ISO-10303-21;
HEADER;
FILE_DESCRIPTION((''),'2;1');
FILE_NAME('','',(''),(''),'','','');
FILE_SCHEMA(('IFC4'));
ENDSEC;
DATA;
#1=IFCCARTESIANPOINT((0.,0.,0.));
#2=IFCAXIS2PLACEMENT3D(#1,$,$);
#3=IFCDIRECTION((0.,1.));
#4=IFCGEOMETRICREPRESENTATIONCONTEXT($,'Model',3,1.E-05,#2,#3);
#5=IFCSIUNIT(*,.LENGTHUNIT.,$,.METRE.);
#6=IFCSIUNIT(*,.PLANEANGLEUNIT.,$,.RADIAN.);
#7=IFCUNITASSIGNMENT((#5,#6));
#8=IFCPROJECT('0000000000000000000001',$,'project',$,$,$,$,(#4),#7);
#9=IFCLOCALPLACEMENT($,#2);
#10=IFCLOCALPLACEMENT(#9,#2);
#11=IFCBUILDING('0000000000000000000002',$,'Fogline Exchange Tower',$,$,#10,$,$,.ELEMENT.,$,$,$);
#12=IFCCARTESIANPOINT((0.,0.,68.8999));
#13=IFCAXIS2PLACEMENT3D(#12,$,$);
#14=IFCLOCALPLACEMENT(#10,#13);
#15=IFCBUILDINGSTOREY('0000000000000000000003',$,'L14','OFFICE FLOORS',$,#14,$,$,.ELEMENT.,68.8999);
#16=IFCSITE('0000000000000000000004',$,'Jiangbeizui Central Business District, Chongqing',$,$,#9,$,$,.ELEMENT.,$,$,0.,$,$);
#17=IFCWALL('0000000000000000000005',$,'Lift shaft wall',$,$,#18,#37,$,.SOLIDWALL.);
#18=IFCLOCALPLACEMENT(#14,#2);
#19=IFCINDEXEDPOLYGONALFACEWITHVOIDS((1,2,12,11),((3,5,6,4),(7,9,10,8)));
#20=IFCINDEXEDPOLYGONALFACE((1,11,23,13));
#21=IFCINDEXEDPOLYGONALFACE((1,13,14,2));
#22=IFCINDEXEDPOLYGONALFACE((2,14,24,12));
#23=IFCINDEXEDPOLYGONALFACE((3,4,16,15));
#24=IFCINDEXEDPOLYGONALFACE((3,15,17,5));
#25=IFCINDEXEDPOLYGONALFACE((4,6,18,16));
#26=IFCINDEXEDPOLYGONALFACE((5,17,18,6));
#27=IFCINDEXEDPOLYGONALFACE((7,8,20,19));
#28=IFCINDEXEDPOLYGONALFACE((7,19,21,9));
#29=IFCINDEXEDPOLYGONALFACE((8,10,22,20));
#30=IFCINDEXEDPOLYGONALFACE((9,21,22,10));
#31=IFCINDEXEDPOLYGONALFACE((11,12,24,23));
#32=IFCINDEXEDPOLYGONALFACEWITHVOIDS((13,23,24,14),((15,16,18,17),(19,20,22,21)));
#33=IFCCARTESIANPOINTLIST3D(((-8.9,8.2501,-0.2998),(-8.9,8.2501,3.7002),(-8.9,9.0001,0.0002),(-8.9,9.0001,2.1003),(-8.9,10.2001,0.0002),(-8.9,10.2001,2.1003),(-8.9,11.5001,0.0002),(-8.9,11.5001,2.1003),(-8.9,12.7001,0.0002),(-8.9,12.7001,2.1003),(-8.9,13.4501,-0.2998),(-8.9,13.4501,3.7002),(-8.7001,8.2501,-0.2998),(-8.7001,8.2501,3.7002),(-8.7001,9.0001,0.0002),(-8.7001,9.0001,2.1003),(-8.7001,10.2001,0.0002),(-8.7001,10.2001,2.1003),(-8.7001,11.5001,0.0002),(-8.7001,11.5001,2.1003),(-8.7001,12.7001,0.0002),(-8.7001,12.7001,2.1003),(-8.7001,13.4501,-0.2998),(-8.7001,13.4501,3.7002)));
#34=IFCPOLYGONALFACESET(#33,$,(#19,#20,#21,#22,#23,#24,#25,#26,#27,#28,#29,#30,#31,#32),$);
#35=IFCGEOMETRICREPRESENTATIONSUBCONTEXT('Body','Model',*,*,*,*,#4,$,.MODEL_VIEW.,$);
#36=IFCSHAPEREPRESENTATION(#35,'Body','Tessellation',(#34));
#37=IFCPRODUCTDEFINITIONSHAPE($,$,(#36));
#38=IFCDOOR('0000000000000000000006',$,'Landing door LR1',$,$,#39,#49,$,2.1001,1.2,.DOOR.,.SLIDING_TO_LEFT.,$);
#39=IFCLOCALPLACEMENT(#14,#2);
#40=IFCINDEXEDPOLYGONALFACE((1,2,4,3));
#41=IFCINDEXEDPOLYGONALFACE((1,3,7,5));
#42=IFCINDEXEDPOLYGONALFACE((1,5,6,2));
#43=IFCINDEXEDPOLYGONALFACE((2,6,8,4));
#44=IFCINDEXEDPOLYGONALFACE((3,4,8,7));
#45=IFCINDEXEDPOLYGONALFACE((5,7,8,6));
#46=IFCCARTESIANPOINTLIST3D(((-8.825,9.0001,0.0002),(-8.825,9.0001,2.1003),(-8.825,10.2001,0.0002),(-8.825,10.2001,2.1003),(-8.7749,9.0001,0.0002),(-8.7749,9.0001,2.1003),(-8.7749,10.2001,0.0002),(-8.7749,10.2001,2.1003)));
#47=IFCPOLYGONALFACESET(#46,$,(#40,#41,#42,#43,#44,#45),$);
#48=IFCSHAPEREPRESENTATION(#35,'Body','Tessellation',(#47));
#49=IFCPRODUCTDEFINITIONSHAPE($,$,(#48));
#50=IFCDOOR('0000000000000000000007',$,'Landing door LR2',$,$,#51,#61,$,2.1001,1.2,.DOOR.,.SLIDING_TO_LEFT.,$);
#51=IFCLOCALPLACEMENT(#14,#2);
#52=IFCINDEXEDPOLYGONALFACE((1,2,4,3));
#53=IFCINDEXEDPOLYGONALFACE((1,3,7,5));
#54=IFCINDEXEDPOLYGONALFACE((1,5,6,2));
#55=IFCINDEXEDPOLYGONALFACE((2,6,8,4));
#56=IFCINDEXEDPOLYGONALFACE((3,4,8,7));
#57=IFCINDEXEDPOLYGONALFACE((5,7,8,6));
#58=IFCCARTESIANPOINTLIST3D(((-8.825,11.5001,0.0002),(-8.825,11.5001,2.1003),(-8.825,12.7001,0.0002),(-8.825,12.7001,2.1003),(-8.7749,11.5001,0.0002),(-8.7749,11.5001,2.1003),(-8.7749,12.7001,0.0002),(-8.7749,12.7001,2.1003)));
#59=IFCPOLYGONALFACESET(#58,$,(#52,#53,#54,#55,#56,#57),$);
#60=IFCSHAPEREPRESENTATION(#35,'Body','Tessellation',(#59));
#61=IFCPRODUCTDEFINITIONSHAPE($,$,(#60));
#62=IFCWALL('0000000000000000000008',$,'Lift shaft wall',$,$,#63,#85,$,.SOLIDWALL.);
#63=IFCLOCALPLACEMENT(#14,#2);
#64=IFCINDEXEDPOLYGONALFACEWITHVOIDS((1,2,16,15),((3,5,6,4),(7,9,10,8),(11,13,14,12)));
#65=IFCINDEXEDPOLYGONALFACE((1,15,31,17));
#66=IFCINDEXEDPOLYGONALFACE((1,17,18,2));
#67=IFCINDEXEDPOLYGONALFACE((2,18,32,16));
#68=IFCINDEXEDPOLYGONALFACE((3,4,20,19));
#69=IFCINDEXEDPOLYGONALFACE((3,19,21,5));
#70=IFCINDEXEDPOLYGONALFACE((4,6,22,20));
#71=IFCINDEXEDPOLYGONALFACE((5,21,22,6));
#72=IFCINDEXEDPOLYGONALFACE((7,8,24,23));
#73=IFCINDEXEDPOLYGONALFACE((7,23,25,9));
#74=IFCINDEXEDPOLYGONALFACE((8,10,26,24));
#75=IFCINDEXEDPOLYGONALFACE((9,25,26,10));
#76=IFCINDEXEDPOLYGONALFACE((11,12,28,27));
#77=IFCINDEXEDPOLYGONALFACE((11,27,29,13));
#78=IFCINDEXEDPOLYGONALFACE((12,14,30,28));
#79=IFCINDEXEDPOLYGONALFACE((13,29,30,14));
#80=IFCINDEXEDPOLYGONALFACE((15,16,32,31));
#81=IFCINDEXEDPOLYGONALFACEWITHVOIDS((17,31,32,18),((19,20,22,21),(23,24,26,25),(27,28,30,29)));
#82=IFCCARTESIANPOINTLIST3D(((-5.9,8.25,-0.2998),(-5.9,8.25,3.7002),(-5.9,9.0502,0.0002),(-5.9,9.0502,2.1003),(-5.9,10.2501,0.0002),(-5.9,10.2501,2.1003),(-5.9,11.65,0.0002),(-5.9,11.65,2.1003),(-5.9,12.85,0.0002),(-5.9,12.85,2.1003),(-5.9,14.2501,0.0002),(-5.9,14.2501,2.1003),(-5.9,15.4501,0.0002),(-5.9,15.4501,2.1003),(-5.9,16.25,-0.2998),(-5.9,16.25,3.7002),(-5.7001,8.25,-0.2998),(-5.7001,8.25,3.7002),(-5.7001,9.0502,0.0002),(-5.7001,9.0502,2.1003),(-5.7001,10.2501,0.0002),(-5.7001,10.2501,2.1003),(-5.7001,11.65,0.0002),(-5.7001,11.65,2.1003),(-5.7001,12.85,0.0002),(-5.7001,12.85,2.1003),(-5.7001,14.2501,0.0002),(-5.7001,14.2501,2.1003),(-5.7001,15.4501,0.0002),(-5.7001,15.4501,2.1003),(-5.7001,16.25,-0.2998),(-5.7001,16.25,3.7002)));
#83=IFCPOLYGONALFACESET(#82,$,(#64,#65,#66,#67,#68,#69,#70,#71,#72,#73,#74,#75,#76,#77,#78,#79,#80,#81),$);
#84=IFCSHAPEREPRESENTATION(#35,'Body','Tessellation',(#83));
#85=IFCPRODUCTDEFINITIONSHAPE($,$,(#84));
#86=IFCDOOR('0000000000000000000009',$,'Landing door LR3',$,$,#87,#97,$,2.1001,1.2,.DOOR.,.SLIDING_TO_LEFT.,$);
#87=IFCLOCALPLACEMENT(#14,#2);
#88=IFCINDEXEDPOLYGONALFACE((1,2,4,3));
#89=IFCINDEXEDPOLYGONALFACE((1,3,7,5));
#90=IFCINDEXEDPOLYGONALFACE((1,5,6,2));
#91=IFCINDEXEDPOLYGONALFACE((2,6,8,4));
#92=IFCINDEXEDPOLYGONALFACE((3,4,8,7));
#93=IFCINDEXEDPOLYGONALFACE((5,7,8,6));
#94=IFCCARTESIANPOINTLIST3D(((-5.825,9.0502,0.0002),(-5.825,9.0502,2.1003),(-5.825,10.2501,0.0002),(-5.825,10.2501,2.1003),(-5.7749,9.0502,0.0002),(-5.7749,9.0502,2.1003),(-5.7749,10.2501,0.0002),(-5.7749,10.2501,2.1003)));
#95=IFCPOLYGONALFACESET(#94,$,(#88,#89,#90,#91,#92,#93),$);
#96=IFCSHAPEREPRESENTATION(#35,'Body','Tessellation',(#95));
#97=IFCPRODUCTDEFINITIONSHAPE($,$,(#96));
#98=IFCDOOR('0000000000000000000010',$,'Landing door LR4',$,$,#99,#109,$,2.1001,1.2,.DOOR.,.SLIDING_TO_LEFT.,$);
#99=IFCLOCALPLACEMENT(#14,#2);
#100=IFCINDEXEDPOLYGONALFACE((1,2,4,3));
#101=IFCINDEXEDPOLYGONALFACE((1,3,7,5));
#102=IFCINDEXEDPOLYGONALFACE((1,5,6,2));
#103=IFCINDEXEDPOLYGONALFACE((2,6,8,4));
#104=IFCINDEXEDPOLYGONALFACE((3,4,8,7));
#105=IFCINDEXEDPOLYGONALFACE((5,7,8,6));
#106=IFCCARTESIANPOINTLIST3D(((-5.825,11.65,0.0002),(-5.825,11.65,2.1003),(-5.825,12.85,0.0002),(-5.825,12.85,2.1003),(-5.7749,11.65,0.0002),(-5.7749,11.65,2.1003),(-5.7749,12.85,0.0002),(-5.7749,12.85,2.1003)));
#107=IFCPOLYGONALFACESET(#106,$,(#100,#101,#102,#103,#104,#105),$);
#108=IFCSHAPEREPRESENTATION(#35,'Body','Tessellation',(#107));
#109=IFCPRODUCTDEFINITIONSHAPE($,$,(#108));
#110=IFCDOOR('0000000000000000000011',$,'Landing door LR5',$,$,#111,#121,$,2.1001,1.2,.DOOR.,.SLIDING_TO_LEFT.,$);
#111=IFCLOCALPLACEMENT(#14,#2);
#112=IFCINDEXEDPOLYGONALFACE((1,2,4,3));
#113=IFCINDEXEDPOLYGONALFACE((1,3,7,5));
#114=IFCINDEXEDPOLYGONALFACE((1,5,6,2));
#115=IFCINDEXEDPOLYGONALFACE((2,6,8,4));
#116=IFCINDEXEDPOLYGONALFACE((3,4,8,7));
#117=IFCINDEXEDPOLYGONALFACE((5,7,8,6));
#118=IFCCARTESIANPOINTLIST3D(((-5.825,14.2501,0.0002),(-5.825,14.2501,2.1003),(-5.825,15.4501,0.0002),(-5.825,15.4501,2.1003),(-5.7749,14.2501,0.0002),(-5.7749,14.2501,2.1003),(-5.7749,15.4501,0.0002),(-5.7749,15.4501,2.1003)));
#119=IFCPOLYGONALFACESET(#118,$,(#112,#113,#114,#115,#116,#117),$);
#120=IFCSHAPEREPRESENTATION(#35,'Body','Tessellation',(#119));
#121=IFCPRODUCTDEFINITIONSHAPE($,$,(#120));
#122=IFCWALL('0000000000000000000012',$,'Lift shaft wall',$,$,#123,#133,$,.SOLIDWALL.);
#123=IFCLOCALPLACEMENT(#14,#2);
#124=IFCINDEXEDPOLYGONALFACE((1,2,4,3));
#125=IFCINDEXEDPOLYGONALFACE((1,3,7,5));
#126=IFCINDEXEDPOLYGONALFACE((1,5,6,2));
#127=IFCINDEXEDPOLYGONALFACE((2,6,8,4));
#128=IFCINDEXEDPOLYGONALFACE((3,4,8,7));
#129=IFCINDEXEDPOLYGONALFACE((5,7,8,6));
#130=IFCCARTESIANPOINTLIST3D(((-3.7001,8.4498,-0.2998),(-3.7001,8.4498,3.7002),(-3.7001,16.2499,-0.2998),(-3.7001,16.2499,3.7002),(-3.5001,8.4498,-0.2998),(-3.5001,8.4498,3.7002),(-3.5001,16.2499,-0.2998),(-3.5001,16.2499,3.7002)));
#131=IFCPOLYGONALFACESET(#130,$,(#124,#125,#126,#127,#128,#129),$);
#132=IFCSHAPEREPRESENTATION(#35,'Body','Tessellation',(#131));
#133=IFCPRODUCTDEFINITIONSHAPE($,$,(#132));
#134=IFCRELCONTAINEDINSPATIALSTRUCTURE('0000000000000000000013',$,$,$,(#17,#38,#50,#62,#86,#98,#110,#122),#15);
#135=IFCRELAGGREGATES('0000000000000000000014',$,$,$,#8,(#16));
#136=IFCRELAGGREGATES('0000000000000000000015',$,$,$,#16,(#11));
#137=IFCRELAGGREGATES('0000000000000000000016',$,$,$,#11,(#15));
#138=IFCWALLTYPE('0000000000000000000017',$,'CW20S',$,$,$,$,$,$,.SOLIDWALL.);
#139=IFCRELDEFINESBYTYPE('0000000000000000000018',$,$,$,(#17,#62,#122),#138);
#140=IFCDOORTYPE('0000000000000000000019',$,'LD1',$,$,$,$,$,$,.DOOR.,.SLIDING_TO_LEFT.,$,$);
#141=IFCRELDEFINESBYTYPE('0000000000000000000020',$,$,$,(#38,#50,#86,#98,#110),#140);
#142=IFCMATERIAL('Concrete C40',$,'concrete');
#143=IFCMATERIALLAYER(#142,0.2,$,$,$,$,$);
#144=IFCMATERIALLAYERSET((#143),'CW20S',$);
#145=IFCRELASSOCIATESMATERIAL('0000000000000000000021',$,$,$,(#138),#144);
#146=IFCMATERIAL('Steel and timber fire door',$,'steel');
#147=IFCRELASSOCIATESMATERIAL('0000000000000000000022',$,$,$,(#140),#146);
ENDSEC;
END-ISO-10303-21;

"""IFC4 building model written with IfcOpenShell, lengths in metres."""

from ifc_helpers import new_model, si_unit, direction, frame, frame_2d, origin, place, context, subcontext, project, spatial, rectangle, extrude, material, layer, layer_set, type_object, element, fill, save


model = new_model("IFC4")

# Units and contexts
model_context = context("Model", 3, precision=1e-05, world=origin(), true_north=direction((0.0, 1.0)))
body_context = subcontext(model_context, "Body", "Model", "MODEL_VIEW")
ifc_project = project(units=[si_unit("LENGTHUNIT", "METRE"), si_unit("PLANEANGLEUNIT", "RADIAN")], contexts=[model_context])

# Site, building, storey
site_placement = place(None, origin())
site = spatial("IfcSite", under=ifc_project, at=site_placement, Name="Jiangbeizui Central Business District, Chongqing", CompositionType="ELEMENT", RefElevation=0.0)
building_placement = place(site_placement, origin())
building = spatial("IfcBuilding", under=site, at=building_placement, Name="Fogline Exchange Tower", CompositionType="ELEMENT")
storey_placement = place(building_placement, frame((0.0, 0.0, 68.8999)))
storey = spatial("IfcBuildingStorey", under=building, at=storey_placement, Name="L14", Description="OFFICE FLOORS", CompositionType="ELEMENT", Elevation=68.8999)

# Shared definitions
ifc_material_1 = material(Name="Steel and timber fire door", Category="steel")

# Shared definitions
ifc_material_2 = material(Name="Concrete C40", Category="concrete")

# Walls, openings, doors
ifc_layer_1 = layer(ifc_material_2, 0.2)
ifc_layer_set_1 = layer_set([ifc_layer_1], Name="CW20S")
wall_type_1 = type_object("IfcWallType", Name="CW20S", PredefinedType="SOLIDWALL", material=ifc_layer_set_1)
wall_1_placement = place(storey_placement, frame((-8.8, 8.25, -0.2998), z_axis=(0.0, 0.0, 1.0), x_axis=(0.0, 1.0, 0.0)))
wall_1 = element("IfcWall", 1, at=wall_1_placement, inside=storey, type_object=wall_type_1, Name="Lift shaft wall", PredefinedType="SOLIDWALL", context=body_context, shape_type="SweptSolid", body=[
    extrude(rectangle(XDim=5.2, YDim=0.2, at=frame_2d((2.6001, 0.0))), origin(), (0.0, 0.0, 1.0), 4.0),
])
opening_1_placement = place(wall_1_placement, frame((0.75, 0.0, 0.3)))
opening_1 = element("IfcOpeningElement", 2, at=opening_1_placement, cuts=wall_1, PredefinedType="OPENING", context=body_context, shape_type="SweptSolid", body=[
    extrude(rectangle(XDim=1.2, YDim=2.1001, at=frame_2d((0.6001, 1.05))), frame((0.0, 0.1099, 0.0), z_axis=(0.0, -1.0, 0.0), x_axis=(1.0, 0.0, 0.0)), (0.0, 0.0, 1.0), 0.22),
])
opening_2_placement = place(wall_1_placement, frame((3.25, 0.0, 0.3)))
opening_2 = element("IfcOpeningElement", 3, at=opening_2_placement, cuts=wall_1, PredefinedType="OPENING", context=body_context, shape_type="SweptSolid", body=[
    extrude(rectangle(XDim=1.2, YDim=2.1001, at=frame_2d((0.6001, 1.05))), frame((0.0, 0.1099, 0.0), z_axis=(0.0, -1.0, 0.0), x_axis=(1.0, 0.0, 0.0)), (0.0, 0.0, 1.0), 0.22),
])
door_type_1 = type_object("IfcDoorType", Name="LD1", OperationType="SLIDING_TO_LEFT", PredefinedType="DOOR", material=ifc_material_1)
door_1_placement = place(opening_1_placement, origin())
door_1 = element("IfcDoor", 4, at=door_1_placement, inside=storey, type_object=door_type_1, Name="Landing door LR1", OperationType="SLIDING_TO_LEFT", OverallHeight=2.1001, OverallWidth=1.2, PredefinedType="DOOR", context=body_context, shape_type="SweptSolid", body=[
    extrude(rectangle(XDim=1.2, YDim=2.1001, at=frame_2d((0.6001, 1.05))), frame((0.0, 0.0249, 0.0), z_axis=(0.0, -1.0, 0.0), x_axis=(1.0, 0.0, 0.0)), (0.0, 0.0, 1.0), 0.05),
])
fill(opening_1, door_1)
door_2_placement = place(opening_2_placement, origin())
door_2 = element("IfcDoor", 5, at=door_2_placement, inside=storey, type_object=door_type_1, Name="Landing door LR2", OperationType="SLIDING_TO_LEFT", OverallHeight=2.1001, OverallWidth=1.2, PredefinedType="DOOR", context=body_context, shape_type="SweptSolid", body=[
    extrude(rectangle(XDim=1.2, YDim=2.1001, at=frame_2d((0.6001, 1.05))), frame((0.0, 0.0249, 0.0), z_axis=(0.0, -1.0, 0.0), x_axis=(1.0, 0.0, 0.0)), (0.0, 0.0, 1.0), 0.05),
])
fill(opening_2, door_2)
wall_2_placement = place(storey_placement, frame((-5.8, 8.25, -0.2998), z_axis=(0.0, 0.0, 1.0), x_axis=(0.0, 1.0, 0.0)))
wall_2 = element("IfcWall", 6, at=wall_2_placement, inside=storey, type_object=wall_type_1, Name="Lift shaft wall", PredefinedType="SOLIDWALL", context=body_context, shape_type="SweptSolid", body=[
    extrude(rectangle(XDim=8.0, YDim=0.2, at=frame_2d((4.0, 0.0))), origin(), (0.0, 0.0, 1.0), 4.0),
])
opening_3_placement = place(wall_2_placement, frame((0.8, 0.0, 0.3)))
opening_3 = element("IfcOpeningElement", 7, at=opening_3_placement, cuts=wall_2, PredefinedType="OPENING", context=body_context, shape_type="SweptSolid", body=[
    extrude(rectangle(XDim=1.2, YDim=2.1001, at=frame_2d((0.6001, 1.05))), frame((0.0, 0.1099, 0.0), z_axis=(0.0, -1.0, 0.0), x_axis=(1.0, 0.0, 0.0)), (0.0, 0.0, 1.0), 0.22),
])
opening_4_placement = place(wall_2_placement, frame((3.3999, 0.0, 0.3)))
opening_4 = element("IfcOpeningElement", 8, at=opening_4_placement, cuts=wall_2, PredefinedType="OPENING", context=body_context, shape_type="SweptSolid", body=[
    extrude(rectangle(XDim=1.2, YDim=2.1001, at=frame_2d((0.6001, 1.05))), frame((0.0, 0.1099, 0.0), z_axis=(0.0, -1.0, 0.0), x_axis=(1.0, 0.0, 0.0)), (0.0, 0.0, 1.0), 0.22),
])
opening_5_placement = place(wall_2_placement, frame((6.0, 0.0, 0.3)))
opening_5 = element("IfcOpeningElement", 9, at=opening_5_placement, cuts=wall_2, PredefinedType="OPENING", context=body_context, shape_type="SweptSolid", body=[
    extrude(rectangle(XDim=1.2, YDim=2.1001, at=frame_2d((0.6001, 1.05))), frame((0.0, 0.1099, 0.0), z_axis=(0.0, -1.0, 0.0), x_axis=(1.0, 0.0, 0.0)), (0.0, 0.0, 1.0), 0.22),
])
door_3_placement = place(opening_3_placement, origin())
door_3 = element("IfcDoor", 10, at=door_3_placement, inside=storey, type_object=door_type_1, Name="Landing door LR3", OperationType="SLIDING_TO_LEFT", OverallHeight=2.1001, OverallWidth=1.2, PredefinedType="DOOR", context=body_context, shape_type="SweptSolid", body=[
    extrude(rectangle(XDim=1.2, YDim=2.1001, at=frame_2d((0.6001, 1.05))), frame((0.0, 0.0249, 0.0), z_axis=(0.0, -1.0, 0.0), x_axis=(1.0, 0.0, 0.0)), (0.0, 0.0, 1.0), 0.05),
])
fill(opening_3, door_3)
door_4_placement = place(opening_4_placement, origin())
door_4 = element("IfcDoor", 11, at=door_4_placement, inside=storey, type_object=door_type_1, Name="Landing door LR4", OperationType="SLIDING_TO_LEFT", OverallHeight=2.1001, OverallWidth=1.2, PredefinedType="DOOR", context=body_context, shape_type="SweptSolid", body=[
    extrude(rectangle(XDim=1.2, YDim=2.1001, at=frame_2d((0.6001, 1.05))), frame((0.0, 0.0249, 0.0), z_axis=(0.0, -1.0, 0.0), x_axis=(1.0, 0.0, 0.0)), (0.0, 0.0, 1.0), 0.05),
])
fill(opening_4, door_4)
door_5_placement = place(opening_5_placement, origin())
door_5 = element("IfcDoor", 12, at=door_5_placement, inside=storey, type_object=door_type_1, Name="Landing door LR5", OperationType="SLIDING_TO_LEFT", OverallHeight=2.1001, OverallWidth=1.2, PredefinedType="DOOR", context=body_context, shape_type="SweptSolid", body=[
    extrude(rectangle(XDim=1.2, YDim=2.1001, at=frame_2d((0.6001, 1.05))), frame((0.0, 0.0249, 0.0), z_axis=(0.0, -1.0, 0.0), x_axis=(1.0, 0.0, 0.0)), (0.0, 0.0, 1.0), 0.05),
])
fill(opening_5, door_5)

# Wall
wall_3_placement = place(storey_placement, frame((-3.6001, 8.45, -0.2998), z_axis=(0.0, 0.0, 1.0), x_axis=(0.0, 1.0, 0.0)))
element("IfcWall", 13, at=wall_3_placement, inside=storey, type_object=wall_type_1, Name="Lift shaft wall", PredefinedType="SOLIDWALL", context=body_context, shape_type="SweptSolid", body=[
    extrude(rectangle(XDim=7.8, YDim=0.2, at=frame_2d((3.8999, 0.0))), origin(), (0.0, 0.0, 1.0), 4.0),
])

save(model, "model.ifc")
